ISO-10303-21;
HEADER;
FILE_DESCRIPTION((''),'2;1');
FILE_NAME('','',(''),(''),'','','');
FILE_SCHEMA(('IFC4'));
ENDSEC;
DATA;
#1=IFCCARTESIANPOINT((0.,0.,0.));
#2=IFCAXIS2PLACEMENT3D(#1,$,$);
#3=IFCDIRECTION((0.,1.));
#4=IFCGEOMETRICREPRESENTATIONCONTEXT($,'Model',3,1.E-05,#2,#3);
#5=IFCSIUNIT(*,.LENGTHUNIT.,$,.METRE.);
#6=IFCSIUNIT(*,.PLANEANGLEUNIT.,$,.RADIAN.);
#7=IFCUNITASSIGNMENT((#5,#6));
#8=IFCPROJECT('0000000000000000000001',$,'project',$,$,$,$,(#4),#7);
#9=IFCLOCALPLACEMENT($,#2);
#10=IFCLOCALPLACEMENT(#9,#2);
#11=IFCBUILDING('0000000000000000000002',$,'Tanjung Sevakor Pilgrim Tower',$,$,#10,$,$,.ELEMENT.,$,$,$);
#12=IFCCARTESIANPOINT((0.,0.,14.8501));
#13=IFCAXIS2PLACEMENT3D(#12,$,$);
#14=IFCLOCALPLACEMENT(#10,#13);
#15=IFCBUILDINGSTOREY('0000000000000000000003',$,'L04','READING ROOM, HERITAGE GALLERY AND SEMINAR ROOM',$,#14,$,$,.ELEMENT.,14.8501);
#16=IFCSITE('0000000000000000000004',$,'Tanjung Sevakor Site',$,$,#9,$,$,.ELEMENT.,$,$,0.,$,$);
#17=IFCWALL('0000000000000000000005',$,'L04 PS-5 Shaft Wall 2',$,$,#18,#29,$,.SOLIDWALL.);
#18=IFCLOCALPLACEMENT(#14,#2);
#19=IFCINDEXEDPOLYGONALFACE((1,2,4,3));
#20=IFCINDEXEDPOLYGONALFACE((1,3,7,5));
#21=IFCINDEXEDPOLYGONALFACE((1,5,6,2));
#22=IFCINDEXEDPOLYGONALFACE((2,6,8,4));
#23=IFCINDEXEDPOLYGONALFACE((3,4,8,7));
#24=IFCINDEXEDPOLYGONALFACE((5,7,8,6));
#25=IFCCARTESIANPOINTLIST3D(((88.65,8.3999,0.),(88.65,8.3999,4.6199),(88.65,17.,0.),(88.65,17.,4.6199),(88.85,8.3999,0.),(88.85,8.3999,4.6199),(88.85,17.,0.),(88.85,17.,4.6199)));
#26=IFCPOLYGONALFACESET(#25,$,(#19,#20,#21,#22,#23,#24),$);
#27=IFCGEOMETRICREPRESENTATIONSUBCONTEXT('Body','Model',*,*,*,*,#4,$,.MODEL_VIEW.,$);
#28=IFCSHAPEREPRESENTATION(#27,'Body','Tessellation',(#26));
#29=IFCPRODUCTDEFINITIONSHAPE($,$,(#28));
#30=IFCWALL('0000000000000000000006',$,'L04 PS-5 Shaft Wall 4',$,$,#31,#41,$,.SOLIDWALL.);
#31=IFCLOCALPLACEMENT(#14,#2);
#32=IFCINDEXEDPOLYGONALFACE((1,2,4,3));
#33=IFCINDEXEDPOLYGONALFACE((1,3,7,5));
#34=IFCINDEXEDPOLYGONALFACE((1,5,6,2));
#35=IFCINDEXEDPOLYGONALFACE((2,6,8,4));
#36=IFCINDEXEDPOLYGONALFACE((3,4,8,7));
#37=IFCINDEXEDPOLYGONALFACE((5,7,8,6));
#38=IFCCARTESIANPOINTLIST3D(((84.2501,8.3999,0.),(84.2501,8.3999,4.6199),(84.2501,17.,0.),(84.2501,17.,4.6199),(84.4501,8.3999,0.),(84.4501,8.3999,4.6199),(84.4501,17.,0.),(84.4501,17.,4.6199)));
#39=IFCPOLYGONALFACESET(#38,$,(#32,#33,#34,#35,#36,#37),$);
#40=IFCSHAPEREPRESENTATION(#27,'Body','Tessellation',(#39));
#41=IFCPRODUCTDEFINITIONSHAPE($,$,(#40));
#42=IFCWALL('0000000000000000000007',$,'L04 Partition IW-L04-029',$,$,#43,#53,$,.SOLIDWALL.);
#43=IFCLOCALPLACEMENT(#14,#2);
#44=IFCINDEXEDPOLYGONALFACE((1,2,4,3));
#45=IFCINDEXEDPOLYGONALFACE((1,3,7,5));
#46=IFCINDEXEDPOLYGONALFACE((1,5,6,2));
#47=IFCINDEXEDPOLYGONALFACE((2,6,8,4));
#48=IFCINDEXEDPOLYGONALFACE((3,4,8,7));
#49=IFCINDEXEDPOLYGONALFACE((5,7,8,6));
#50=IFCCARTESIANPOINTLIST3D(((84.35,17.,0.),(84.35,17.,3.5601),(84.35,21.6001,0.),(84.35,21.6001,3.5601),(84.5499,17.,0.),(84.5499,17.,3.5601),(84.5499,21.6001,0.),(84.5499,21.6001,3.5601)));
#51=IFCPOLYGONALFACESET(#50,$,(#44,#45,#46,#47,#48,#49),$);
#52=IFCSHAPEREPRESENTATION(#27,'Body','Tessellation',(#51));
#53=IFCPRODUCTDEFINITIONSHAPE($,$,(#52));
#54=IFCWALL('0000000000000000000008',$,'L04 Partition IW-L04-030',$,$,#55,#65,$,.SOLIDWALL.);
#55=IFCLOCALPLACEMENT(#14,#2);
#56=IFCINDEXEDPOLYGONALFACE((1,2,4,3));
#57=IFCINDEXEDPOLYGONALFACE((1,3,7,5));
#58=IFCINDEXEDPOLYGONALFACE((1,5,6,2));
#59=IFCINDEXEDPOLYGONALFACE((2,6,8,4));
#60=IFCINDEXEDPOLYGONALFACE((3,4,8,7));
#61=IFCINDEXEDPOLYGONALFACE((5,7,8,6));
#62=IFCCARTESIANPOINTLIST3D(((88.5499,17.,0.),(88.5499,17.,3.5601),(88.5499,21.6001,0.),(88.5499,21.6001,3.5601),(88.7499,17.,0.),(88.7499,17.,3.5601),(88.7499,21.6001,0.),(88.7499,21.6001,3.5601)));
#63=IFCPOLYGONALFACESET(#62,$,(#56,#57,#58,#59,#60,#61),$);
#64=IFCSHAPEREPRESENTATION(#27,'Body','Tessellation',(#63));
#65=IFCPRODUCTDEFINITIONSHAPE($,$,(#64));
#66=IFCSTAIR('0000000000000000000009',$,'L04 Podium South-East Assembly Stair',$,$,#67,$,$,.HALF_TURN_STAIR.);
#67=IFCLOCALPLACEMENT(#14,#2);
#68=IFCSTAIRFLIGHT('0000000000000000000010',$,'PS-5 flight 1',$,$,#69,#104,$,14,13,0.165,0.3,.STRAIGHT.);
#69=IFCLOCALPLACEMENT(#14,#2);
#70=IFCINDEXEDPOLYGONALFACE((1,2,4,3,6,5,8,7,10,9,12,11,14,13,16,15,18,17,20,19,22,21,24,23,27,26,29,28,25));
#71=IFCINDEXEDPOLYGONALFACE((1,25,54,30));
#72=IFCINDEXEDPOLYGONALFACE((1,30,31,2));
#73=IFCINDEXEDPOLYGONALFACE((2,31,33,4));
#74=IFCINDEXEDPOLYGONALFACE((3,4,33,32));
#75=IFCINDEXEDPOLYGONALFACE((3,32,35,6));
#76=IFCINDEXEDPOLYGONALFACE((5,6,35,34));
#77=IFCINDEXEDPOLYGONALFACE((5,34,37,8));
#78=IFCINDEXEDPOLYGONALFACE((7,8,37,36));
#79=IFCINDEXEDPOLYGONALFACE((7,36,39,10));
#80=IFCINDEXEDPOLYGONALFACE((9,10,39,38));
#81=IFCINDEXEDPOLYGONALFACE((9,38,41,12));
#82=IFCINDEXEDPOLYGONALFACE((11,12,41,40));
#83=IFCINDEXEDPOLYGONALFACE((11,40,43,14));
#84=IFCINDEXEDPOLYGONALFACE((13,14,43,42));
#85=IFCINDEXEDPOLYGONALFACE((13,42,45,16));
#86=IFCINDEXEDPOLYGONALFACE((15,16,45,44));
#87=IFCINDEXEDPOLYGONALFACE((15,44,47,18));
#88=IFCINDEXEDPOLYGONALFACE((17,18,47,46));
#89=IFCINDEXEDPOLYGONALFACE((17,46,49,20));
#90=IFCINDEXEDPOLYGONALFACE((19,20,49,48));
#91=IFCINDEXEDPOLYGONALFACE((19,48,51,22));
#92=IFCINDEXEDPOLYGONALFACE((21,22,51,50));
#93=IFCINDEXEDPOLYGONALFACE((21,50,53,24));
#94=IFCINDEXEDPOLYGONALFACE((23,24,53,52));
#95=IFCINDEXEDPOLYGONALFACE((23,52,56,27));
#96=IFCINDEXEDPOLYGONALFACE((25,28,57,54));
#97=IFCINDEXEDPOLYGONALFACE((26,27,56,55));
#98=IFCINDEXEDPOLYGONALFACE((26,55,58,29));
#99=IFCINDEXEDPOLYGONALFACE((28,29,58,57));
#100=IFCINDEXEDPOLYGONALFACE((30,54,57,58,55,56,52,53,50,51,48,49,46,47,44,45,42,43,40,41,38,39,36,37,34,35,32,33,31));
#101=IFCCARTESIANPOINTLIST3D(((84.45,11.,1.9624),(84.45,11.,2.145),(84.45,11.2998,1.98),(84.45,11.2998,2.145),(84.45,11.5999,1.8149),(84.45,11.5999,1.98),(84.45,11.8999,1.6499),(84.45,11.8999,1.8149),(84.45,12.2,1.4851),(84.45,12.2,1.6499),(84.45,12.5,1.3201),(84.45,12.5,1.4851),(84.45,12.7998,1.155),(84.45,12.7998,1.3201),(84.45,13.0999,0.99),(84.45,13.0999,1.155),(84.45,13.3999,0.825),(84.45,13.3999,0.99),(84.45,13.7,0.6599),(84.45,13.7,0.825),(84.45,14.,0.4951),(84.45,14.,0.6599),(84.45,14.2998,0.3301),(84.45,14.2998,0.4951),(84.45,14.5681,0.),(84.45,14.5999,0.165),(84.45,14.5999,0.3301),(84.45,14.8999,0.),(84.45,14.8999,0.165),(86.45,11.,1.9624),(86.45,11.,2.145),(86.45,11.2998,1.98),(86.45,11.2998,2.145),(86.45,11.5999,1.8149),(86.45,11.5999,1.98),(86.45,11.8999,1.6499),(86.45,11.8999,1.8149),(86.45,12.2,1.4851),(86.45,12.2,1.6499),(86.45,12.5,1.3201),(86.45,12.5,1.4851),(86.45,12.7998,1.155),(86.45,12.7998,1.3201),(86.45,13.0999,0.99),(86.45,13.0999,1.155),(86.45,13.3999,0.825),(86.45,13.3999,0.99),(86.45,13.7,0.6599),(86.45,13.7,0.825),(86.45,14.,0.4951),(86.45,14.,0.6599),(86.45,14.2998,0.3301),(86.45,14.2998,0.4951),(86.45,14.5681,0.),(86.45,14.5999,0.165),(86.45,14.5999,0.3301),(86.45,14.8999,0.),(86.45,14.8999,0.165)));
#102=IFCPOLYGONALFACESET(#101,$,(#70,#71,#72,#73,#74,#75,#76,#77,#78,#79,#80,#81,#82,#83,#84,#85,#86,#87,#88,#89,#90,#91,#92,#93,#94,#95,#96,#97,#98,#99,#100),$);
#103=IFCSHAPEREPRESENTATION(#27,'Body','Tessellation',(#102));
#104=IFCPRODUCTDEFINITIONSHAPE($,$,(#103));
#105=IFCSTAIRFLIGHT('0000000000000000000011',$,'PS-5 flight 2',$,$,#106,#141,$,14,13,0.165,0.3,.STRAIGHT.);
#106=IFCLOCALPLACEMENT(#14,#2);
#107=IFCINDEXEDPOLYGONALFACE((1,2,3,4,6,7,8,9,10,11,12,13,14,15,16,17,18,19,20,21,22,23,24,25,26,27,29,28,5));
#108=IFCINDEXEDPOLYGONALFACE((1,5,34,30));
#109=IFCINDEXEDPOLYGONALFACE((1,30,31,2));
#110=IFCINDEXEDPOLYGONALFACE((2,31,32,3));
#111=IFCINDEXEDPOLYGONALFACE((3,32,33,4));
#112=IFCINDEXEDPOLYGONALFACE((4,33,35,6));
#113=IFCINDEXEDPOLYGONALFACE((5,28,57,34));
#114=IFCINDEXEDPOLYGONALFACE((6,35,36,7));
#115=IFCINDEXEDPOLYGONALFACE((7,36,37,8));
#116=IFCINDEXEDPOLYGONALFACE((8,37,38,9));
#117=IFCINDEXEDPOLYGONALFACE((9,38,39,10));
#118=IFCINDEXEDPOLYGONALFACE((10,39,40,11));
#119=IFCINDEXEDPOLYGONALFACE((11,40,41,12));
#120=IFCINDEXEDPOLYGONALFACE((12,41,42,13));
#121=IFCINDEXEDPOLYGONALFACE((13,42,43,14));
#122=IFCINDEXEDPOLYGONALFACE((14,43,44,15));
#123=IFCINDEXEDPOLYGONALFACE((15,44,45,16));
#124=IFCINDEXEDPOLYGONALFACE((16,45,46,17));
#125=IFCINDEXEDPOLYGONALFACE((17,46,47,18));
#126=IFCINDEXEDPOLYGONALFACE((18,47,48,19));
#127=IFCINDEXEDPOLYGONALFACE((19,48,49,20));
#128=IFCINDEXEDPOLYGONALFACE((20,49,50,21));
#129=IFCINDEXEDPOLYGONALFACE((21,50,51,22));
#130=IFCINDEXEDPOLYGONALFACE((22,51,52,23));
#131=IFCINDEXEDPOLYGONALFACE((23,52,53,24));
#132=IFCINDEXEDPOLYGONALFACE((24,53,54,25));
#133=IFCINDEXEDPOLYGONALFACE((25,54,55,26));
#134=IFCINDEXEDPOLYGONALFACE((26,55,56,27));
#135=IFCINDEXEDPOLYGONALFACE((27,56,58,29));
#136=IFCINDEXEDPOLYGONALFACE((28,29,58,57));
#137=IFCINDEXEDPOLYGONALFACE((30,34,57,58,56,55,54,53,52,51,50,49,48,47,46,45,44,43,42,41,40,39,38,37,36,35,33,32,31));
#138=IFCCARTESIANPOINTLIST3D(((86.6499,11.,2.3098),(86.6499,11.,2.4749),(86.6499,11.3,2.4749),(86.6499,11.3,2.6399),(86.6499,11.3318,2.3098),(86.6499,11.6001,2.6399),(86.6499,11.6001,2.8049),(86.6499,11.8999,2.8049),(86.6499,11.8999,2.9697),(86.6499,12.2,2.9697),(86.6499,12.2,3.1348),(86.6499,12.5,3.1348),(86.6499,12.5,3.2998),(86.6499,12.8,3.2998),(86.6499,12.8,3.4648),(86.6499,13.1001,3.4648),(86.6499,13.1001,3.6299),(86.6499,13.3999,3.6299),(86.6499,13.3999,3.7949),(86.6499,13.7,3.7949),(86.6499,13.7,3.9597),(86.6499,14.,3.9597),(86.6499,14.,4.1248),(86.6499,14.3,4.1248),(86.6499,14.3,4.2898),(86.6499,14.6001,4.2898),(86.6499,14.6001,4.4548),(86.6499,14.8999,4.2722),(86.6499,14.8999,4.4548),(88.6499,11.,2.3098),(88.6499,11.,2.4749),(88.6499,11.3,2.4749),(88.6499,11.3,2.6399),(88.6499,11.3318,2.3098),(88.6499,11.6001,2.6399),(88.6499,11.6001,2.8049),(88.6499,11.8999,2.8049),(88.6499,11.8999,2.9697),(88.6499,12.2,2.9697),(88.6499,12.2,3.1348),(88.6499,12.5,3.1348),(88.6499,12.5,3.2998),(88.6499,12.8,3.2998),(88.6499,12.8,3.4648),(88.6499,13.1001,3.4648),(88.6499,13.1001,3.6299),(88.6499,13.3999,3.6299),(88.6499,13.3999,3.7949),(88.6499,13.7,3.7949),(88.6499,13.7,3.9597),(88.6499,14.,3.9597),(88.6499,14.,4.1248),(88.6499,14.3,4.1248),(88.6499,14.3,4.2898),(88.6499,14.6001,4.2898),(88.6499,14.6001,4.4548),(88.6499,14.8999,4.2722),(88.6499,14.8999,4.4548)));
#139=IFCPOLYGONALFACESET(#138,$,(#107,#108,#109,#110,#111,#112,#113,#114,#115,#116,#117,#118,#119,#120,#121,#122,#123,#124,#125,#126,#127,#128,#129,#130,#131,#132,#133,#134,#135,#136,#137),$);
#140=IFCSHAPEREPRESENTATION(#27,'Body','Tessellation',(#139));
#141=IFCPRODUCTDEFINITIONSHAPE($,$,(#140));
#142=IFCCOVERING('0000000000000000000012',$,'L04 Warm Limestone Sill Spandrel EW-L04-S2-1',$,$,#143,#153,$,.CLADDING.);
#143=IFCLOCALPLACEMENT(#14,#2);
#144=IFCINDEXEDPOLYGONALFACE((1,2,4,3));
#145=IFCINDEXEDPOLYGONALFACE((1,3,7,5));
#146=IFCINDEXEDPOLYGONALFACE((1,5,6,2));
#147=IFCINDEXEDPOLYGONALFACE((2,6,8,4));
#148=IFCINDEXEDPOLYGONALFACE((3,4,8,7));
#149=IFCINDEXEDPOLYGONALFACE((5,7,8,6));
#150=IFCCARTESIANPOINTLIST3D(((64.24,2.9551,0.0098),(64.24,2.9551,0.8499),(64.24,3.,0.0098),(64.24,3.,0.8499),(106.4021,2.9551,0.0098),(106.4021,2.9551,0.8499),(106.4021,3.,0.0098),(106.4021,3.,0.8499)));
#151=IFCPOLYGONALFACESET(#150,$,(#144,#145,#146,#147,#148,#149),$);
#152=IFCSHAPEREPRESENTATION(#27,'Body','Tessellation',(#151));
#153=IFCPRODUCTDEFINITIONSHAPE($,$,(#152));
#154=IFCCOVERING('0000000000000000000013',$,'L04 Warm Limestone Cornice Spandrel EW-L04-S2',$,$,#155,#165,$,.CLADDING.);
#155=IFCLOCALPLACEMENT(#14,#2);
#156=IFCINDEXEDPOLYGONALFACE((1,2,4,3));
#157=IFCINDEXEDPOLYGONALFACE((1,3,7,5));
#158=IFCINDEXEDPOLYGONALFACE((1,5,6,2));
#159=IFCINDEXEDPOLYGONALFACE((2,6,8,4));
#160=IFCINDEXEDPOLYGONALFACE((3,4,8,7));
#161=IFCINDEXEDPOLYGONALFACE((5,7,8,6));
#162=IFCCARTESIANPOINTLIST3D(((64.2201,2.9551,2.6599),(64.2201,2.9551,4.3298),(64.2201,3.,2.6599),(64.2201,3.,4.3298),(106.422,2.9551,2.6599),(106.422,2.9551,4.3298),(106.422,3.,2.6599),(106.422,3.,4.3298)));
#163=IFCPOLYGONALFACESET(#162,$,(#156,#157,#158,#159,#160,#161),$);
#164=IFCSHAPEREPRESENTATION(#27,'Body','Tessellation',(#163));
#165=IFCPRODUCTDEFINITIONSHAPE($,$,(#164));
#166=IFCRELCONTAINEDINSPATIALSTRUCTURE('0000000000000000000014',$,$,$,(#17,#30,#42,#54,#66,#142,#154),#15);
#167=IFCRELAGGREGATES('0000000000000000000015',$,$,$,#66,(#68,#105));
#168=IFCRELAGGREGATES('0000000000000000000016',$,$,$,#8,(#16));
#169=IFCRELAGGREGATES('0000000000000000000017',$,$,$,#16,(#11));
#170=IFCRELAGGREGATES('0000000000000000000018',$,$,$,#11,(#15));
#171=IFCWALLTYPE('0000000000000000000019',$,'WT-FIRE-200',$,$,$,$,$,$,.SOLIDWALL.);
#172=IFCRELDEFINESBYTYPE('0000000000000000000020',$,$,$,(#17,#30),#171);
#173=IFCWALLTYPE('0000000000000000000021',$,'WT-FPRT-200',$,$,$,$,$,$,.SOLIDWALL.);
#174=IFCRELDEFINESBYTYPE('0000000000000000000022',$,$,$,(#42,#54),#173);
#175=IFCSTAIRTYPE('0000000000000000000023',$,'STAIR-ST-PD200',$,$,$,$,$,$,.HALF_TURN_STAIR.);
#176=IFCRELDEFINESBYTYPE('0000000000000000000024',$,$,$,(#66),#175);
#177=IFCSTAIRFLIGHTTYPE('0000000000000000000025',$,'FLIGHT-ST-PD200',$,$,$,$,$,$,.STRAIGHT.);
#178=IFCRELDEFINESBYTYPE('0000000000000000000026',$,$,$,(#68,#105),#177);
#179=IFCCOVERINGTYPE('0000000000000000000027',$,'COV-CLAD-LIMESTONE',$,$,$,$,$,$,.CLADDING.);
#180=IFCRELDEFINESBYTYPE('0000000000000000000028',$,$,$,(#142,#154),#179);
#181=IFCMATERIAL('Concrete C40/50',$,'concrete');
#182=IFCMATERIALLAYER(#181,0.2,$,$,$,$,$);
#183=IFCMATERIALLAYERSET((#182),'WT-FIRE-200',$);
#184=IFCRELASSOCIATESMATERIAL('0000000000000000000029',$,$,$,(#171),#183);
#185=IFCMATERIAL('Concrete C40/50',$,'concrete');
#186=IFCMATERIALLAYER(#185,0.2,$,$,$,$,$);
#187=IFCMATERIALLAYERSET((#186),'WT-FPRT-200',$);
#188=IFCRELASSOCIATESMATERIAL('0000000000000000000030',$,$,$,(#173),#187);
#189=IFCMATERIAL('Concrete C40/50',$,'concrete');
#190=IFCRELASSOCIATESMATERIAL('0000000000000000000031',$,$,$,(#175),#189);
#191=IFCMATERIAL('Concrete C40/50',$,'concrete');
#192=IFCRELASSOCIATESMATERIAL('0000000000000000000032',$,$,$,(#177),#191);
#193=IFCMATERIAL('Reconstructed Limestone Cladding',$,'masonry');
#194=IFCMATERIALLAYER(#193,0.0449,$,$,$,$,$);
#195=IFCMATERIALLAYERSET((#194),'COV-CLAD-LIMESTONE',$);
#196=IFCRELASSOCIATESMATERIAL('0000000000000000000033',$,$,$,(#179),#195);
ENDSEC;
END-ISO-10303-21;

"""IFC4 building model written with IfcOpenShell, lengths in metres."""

from ifc_helpers import new_model, si_unit, direction, frame, frame_2d, origin, origin_2d, place, context, subcontext, project, spatial, polyline, rectangle, outline, extrude, material, layer, layer_set, type_object, element, aggregate, save


model = new_model("IFC4")

# Units and contexts
model_context = context("Model", 3, precision=1e-05, world=origin(), true_north=direction((0.0, 1.0)))
body_context = subcontext(model_context, "Body", "Model", "MODEL_VIEW")
ifc_project = project(units=[si_unit("LENGTHUNIT", "METRE"), si_unit("PLANEANGLEUNIT", "RADIAN")], contexts=[model_context])

# Site, building, storey
site_placement = place(None, origin())
site = spatial("IfcSite", under=ifc_project, at=site_placement, Name="Tanjung Sevakor Site", CompositionType="ELEMENT", RefElevation=0.0)
building_placement = place(site_placement, origin())
building = spatial("IfcBuilding", under=site, at=building_placement, Name="Tanjung Sevakor Pilgrim Tower", CompositionType="ELEMENT")
storey_placement = place(building_placement, frame((0.0, 0.0, 14.8501)))
storey = spatial("IfcBuildingStorey", under=building, at=storey_placement, Name="L04", Description="READING ROOM, HERITAGE GALLERY AND SEMINAR ROOM", CompositionType="ELEMENT", Elevation=14.8501)

# Walls
ifc_material_1 = material(Name="Concrete C40/50", Category="concrete")
ifc_layer_1 = layer(ifc_material_1, 0.2)
ifc_layer_set_1 = layer_set([ifc_layer_1], Name="WT-FIRE-200")
wall_type_1 = type_object("IfcWallType", Name="WT-FIRE-200", PredefinedType="SOLIDWALL", material=ifc_layer_set_1)
for number, where, z_axis, x_axis, name in (
    (1, (88.75, 8.3999, 0.0), (0.0, 0.0, 1.0), (0.0, 1.0, 0.0), "L04 PS-5 Shaft Wall 2"),
    (2, (84.3501, 17.0, 0.0), (0.0, 0.0, 1.0), (0.0, -1.0, 0.0), "L04 PS-5 Shaft Wall 4"),
):
    element("IfcWall", number, at=place(storey_placement, frame(where, z_axis=z_axis, x_axis=x_axis)), inside=storey, type_object=wall_type_1, Name=name, PredefinedType="SOLIDWALL", context=body_context, shape_type="SweptSolid", body=[
        extrude(rectangle(XDim=8.6001, YDim=0.2, at=frame_2d((4.3, 0.0))), origin(), (0.0, 0.0, 1.0), 4.6199),
    ])
ifc_material_2 = material(Name="Concrete C40/50", Category="concrete")
ifc_layer_2 = layer(ifc_material_2, 0.2)
ifc_layer_set_2 = layer_set([ifc_layer_2], Name="WT-FPRT-200")
wall_type_2 = type_object("IfcWallType", Name="WT-FPRT-200", PredefinedType="SOLIDWALL", material=ifc_layer_set_2)
for number, where, z_axis, x_axis, name in (
    (3, (84.45, 17.0, 0.0), (0.0, 0.0, 1.0), (0.0, 1.0, 0.0), "L04 Partition IW-L04-029"),
    (4, (88.6499, 17.0, 0.0), (0.0, 0.0, 1.0), (0.0, 1.0, 0.0), "L04 Partition IW-L04-030"),
):
    element("IfcWall", number, at=place(storey_placement, frame(where, z_axis=z_axis, x_axis=x_axis)), inside=storey, type_object=wall_type_2, Name=name, PredefinedType="SOLIDWALL", context=body_context, shape_type="SweptSolid", body=[
        extrude(rectangle(XDim=4.6001, YDim=0.2, at=frame_2d((2.3, 0.0))), origin(), (0.0, 0.0, 1.0), 3.5601),
    ])

# Stair, stair flights
ifc_material_3 = material(Name="Concrete C40/50", Category="concrete")
stair_type = type_object("IfcStairType", Name="STAIR-ST-PD200", PredefinedType="HALF_TURN_STAIR", material=ifc_material_3)
stair_placement = place(storey_placement, origin())
stair = element("IfcStair", 5, at=stair_placement, inside=storey, type_object=stair_type, Name="L04 Podium South-East Assembly Stair", PredefinedType="HALF_TURN_STAIR")
ifc_material_4 = material(Name="Concrete C40/50", Category="concrete")
stair_flight_type = type_object("IfcStairFlightType", Name="FLIGHT-ST-PD200", PredefinedType="STRAIGHT", material=ifc_material_4)
stair_flight_1_placement = place(storey_placement, frame((85.45, 14.8999, 0.0), z_axis=(0.0, 0.0, 1.0), x_axis=(0.0, -1.0, 0.0)))
stair_flight_1 = element("IfcStairFlight", 6, at=stair_flight_1_placement, type_object=stair_flight_type, Name="PS-5 flight 1", NumberOfRisers=14, NumberOfTreads=13, PredefinedType="STRAIGHT", RiserHeight=0.165, TreadLength=0.3, context=body_context, shape_type="SweptSolid", body=[
    extrude(outline(polyline([(0.0, 0.0), (0.0, 0.165), (0.3, 0.165), (0.3, 0.3301), (0.6001, 0.3301), (0.6001, 0.4951), (0.8999, 0.4951), (0.8999, 0.6599), (1.2, 0.6599), (1.2, 0.825), (1.5, 0.825), (1.5, 0.99), (1.8, 0.99), (1.8, 1.155), (2.1001, 1.155), (2.1001, 1.3201), (2.3999, 1.3201), (2.3999, 1.4851), (2.7, 1.4851), (2.7, 1.6499), (3.0, 1.6499), (3.0, 1.8149), (3.3, 1.8149), (3.3, 1.98), (3.6001, 1.98), (3.6001, 2.145), (3.8999, 2.145), (3.8999, 2.3101), (3.8999, 1.9624), (0.3318, 0.0), (0.0, 0.0)])), frame((0.0, 1.0, 0.0), z_axis=(0.0, -1.0, 0.0), x_axis=(1.0, 0.0, 0.0)), (0.0, 0.0, 1.0), 2.0),
])
stair_flight_2_placement = place(storey_placement, frame((87.6499, 11.0, 2.3098), z_axis=(0.0, 0.0, 1.0), x_axis=(0.0, 1.0, 0.0)))
stair_flight_2 = element("IfcStairFlight", 7, at=stair_flight_2_placement, type_object=stair_flight_type, Name="PS-5 flight 2", NumberOfRisers=14, NumberOfTreads=13, PredefinedType="STRAIGHT", RiserHeight=0.165, TreadLength=0.3, context=body_context, shape_type="SweptSolid", body=[
    extrude(outline(polyline([(0.0, 0.0), (0.0, 0.165), (0.3, 0.165), (0.3, 0.3301), (0.6001, 0.3301), (0.6001, 0.4951), (0.8999, 0.4951), (0.8999, 0.6599), (1.2, 0.6599), (1.2, 0.825), (1.5, 0.825), (1.5, 0.99), (1.8, 0.99), (1.8, 1.155), (2.1001, 1.155), (2.1001, 1.3201), (2.3999, 1.3201), (2.3999, 1.4851), (2.7, 1.4851), (2.7, 1.6499), (3.0, 1.6499), (3.0, 1.8149), (3.3, 1.8149), (3.3, 1.98), (3.6001, 1.98), (3.6001, 2.145), (3.8999, 2.145), (3.8999, 2.3101), (3.8999, 1.9624), (0.3318, 0.0), (0.0, 0.0)])), frame((0.0, 1.0, 0.0), z_axis=(0.0, -1.0, 0.0), x_axis=(1.0, 0.0, 0.0)), (0.0, 0.0, 1.0), 2.0),
])
aggregate(stair, [stair_flight_1, stair_flight_2])

# Coverings
ifc_material_5 = material(Name="Reconstructed Limestone Cladding", Category="masonry")
ifc_layer_3 = layer(ifc_material_5, 0.0449)
ifc_layer_set_3 = layer_set([ifc_layer_3], Name="COV-CLAD-LIMESTONE")
covering_type = type_object("IfcCoveringType", Name="COV-CLAD-LIMESTONE", PredefinedType="CLADDING", material=ifc_layer_set_3)
covering_1_placement = place(storey_placement, frame((85.321, 2.9775, 0.0098), z_axis=(0.0, 0.0, 1.0), x_axis=(1.0, 0.0, 0.0)))
element("IfcCovering", 8, at=covering_1_placement, inside=storey, type_object=covering_type, Name="L04 Warm Limestone Sill Spandrel EW-L04-S2-1", PredefinedType="CLADDING", context=body_context, shape_type="SweptSolid", body=[
    extrude(rectangle(XDim=42.1621, YDim=0.0449, at=origin_2d()), origin(), (0.0, 0.0, 1.0), 0.8401),
])
covering_2_placement = place(storey_placement, frame((85.321, 2.9775, 2.6599), z_axis=(0.0, 0.0, 1.0), x_axis=(1.0, 0.0, 0.0)))
element("IfcCovering", 9, at=covering_2_placement, inside=storey, type_object=covering_type, Name="L04 Warm Limestone Cornice Spandrel EW-L04-S2", PredefinedType="CLADDING", context=body_context, shape_type="SweptSolid", body=[
    extrude(rectangle(XDim=42.2019, YDim=0.0449, at=origin_2d()), origin(), (0.0, 0.0, 1.0), 1.6699),
])

save(model, "model.ifc")
